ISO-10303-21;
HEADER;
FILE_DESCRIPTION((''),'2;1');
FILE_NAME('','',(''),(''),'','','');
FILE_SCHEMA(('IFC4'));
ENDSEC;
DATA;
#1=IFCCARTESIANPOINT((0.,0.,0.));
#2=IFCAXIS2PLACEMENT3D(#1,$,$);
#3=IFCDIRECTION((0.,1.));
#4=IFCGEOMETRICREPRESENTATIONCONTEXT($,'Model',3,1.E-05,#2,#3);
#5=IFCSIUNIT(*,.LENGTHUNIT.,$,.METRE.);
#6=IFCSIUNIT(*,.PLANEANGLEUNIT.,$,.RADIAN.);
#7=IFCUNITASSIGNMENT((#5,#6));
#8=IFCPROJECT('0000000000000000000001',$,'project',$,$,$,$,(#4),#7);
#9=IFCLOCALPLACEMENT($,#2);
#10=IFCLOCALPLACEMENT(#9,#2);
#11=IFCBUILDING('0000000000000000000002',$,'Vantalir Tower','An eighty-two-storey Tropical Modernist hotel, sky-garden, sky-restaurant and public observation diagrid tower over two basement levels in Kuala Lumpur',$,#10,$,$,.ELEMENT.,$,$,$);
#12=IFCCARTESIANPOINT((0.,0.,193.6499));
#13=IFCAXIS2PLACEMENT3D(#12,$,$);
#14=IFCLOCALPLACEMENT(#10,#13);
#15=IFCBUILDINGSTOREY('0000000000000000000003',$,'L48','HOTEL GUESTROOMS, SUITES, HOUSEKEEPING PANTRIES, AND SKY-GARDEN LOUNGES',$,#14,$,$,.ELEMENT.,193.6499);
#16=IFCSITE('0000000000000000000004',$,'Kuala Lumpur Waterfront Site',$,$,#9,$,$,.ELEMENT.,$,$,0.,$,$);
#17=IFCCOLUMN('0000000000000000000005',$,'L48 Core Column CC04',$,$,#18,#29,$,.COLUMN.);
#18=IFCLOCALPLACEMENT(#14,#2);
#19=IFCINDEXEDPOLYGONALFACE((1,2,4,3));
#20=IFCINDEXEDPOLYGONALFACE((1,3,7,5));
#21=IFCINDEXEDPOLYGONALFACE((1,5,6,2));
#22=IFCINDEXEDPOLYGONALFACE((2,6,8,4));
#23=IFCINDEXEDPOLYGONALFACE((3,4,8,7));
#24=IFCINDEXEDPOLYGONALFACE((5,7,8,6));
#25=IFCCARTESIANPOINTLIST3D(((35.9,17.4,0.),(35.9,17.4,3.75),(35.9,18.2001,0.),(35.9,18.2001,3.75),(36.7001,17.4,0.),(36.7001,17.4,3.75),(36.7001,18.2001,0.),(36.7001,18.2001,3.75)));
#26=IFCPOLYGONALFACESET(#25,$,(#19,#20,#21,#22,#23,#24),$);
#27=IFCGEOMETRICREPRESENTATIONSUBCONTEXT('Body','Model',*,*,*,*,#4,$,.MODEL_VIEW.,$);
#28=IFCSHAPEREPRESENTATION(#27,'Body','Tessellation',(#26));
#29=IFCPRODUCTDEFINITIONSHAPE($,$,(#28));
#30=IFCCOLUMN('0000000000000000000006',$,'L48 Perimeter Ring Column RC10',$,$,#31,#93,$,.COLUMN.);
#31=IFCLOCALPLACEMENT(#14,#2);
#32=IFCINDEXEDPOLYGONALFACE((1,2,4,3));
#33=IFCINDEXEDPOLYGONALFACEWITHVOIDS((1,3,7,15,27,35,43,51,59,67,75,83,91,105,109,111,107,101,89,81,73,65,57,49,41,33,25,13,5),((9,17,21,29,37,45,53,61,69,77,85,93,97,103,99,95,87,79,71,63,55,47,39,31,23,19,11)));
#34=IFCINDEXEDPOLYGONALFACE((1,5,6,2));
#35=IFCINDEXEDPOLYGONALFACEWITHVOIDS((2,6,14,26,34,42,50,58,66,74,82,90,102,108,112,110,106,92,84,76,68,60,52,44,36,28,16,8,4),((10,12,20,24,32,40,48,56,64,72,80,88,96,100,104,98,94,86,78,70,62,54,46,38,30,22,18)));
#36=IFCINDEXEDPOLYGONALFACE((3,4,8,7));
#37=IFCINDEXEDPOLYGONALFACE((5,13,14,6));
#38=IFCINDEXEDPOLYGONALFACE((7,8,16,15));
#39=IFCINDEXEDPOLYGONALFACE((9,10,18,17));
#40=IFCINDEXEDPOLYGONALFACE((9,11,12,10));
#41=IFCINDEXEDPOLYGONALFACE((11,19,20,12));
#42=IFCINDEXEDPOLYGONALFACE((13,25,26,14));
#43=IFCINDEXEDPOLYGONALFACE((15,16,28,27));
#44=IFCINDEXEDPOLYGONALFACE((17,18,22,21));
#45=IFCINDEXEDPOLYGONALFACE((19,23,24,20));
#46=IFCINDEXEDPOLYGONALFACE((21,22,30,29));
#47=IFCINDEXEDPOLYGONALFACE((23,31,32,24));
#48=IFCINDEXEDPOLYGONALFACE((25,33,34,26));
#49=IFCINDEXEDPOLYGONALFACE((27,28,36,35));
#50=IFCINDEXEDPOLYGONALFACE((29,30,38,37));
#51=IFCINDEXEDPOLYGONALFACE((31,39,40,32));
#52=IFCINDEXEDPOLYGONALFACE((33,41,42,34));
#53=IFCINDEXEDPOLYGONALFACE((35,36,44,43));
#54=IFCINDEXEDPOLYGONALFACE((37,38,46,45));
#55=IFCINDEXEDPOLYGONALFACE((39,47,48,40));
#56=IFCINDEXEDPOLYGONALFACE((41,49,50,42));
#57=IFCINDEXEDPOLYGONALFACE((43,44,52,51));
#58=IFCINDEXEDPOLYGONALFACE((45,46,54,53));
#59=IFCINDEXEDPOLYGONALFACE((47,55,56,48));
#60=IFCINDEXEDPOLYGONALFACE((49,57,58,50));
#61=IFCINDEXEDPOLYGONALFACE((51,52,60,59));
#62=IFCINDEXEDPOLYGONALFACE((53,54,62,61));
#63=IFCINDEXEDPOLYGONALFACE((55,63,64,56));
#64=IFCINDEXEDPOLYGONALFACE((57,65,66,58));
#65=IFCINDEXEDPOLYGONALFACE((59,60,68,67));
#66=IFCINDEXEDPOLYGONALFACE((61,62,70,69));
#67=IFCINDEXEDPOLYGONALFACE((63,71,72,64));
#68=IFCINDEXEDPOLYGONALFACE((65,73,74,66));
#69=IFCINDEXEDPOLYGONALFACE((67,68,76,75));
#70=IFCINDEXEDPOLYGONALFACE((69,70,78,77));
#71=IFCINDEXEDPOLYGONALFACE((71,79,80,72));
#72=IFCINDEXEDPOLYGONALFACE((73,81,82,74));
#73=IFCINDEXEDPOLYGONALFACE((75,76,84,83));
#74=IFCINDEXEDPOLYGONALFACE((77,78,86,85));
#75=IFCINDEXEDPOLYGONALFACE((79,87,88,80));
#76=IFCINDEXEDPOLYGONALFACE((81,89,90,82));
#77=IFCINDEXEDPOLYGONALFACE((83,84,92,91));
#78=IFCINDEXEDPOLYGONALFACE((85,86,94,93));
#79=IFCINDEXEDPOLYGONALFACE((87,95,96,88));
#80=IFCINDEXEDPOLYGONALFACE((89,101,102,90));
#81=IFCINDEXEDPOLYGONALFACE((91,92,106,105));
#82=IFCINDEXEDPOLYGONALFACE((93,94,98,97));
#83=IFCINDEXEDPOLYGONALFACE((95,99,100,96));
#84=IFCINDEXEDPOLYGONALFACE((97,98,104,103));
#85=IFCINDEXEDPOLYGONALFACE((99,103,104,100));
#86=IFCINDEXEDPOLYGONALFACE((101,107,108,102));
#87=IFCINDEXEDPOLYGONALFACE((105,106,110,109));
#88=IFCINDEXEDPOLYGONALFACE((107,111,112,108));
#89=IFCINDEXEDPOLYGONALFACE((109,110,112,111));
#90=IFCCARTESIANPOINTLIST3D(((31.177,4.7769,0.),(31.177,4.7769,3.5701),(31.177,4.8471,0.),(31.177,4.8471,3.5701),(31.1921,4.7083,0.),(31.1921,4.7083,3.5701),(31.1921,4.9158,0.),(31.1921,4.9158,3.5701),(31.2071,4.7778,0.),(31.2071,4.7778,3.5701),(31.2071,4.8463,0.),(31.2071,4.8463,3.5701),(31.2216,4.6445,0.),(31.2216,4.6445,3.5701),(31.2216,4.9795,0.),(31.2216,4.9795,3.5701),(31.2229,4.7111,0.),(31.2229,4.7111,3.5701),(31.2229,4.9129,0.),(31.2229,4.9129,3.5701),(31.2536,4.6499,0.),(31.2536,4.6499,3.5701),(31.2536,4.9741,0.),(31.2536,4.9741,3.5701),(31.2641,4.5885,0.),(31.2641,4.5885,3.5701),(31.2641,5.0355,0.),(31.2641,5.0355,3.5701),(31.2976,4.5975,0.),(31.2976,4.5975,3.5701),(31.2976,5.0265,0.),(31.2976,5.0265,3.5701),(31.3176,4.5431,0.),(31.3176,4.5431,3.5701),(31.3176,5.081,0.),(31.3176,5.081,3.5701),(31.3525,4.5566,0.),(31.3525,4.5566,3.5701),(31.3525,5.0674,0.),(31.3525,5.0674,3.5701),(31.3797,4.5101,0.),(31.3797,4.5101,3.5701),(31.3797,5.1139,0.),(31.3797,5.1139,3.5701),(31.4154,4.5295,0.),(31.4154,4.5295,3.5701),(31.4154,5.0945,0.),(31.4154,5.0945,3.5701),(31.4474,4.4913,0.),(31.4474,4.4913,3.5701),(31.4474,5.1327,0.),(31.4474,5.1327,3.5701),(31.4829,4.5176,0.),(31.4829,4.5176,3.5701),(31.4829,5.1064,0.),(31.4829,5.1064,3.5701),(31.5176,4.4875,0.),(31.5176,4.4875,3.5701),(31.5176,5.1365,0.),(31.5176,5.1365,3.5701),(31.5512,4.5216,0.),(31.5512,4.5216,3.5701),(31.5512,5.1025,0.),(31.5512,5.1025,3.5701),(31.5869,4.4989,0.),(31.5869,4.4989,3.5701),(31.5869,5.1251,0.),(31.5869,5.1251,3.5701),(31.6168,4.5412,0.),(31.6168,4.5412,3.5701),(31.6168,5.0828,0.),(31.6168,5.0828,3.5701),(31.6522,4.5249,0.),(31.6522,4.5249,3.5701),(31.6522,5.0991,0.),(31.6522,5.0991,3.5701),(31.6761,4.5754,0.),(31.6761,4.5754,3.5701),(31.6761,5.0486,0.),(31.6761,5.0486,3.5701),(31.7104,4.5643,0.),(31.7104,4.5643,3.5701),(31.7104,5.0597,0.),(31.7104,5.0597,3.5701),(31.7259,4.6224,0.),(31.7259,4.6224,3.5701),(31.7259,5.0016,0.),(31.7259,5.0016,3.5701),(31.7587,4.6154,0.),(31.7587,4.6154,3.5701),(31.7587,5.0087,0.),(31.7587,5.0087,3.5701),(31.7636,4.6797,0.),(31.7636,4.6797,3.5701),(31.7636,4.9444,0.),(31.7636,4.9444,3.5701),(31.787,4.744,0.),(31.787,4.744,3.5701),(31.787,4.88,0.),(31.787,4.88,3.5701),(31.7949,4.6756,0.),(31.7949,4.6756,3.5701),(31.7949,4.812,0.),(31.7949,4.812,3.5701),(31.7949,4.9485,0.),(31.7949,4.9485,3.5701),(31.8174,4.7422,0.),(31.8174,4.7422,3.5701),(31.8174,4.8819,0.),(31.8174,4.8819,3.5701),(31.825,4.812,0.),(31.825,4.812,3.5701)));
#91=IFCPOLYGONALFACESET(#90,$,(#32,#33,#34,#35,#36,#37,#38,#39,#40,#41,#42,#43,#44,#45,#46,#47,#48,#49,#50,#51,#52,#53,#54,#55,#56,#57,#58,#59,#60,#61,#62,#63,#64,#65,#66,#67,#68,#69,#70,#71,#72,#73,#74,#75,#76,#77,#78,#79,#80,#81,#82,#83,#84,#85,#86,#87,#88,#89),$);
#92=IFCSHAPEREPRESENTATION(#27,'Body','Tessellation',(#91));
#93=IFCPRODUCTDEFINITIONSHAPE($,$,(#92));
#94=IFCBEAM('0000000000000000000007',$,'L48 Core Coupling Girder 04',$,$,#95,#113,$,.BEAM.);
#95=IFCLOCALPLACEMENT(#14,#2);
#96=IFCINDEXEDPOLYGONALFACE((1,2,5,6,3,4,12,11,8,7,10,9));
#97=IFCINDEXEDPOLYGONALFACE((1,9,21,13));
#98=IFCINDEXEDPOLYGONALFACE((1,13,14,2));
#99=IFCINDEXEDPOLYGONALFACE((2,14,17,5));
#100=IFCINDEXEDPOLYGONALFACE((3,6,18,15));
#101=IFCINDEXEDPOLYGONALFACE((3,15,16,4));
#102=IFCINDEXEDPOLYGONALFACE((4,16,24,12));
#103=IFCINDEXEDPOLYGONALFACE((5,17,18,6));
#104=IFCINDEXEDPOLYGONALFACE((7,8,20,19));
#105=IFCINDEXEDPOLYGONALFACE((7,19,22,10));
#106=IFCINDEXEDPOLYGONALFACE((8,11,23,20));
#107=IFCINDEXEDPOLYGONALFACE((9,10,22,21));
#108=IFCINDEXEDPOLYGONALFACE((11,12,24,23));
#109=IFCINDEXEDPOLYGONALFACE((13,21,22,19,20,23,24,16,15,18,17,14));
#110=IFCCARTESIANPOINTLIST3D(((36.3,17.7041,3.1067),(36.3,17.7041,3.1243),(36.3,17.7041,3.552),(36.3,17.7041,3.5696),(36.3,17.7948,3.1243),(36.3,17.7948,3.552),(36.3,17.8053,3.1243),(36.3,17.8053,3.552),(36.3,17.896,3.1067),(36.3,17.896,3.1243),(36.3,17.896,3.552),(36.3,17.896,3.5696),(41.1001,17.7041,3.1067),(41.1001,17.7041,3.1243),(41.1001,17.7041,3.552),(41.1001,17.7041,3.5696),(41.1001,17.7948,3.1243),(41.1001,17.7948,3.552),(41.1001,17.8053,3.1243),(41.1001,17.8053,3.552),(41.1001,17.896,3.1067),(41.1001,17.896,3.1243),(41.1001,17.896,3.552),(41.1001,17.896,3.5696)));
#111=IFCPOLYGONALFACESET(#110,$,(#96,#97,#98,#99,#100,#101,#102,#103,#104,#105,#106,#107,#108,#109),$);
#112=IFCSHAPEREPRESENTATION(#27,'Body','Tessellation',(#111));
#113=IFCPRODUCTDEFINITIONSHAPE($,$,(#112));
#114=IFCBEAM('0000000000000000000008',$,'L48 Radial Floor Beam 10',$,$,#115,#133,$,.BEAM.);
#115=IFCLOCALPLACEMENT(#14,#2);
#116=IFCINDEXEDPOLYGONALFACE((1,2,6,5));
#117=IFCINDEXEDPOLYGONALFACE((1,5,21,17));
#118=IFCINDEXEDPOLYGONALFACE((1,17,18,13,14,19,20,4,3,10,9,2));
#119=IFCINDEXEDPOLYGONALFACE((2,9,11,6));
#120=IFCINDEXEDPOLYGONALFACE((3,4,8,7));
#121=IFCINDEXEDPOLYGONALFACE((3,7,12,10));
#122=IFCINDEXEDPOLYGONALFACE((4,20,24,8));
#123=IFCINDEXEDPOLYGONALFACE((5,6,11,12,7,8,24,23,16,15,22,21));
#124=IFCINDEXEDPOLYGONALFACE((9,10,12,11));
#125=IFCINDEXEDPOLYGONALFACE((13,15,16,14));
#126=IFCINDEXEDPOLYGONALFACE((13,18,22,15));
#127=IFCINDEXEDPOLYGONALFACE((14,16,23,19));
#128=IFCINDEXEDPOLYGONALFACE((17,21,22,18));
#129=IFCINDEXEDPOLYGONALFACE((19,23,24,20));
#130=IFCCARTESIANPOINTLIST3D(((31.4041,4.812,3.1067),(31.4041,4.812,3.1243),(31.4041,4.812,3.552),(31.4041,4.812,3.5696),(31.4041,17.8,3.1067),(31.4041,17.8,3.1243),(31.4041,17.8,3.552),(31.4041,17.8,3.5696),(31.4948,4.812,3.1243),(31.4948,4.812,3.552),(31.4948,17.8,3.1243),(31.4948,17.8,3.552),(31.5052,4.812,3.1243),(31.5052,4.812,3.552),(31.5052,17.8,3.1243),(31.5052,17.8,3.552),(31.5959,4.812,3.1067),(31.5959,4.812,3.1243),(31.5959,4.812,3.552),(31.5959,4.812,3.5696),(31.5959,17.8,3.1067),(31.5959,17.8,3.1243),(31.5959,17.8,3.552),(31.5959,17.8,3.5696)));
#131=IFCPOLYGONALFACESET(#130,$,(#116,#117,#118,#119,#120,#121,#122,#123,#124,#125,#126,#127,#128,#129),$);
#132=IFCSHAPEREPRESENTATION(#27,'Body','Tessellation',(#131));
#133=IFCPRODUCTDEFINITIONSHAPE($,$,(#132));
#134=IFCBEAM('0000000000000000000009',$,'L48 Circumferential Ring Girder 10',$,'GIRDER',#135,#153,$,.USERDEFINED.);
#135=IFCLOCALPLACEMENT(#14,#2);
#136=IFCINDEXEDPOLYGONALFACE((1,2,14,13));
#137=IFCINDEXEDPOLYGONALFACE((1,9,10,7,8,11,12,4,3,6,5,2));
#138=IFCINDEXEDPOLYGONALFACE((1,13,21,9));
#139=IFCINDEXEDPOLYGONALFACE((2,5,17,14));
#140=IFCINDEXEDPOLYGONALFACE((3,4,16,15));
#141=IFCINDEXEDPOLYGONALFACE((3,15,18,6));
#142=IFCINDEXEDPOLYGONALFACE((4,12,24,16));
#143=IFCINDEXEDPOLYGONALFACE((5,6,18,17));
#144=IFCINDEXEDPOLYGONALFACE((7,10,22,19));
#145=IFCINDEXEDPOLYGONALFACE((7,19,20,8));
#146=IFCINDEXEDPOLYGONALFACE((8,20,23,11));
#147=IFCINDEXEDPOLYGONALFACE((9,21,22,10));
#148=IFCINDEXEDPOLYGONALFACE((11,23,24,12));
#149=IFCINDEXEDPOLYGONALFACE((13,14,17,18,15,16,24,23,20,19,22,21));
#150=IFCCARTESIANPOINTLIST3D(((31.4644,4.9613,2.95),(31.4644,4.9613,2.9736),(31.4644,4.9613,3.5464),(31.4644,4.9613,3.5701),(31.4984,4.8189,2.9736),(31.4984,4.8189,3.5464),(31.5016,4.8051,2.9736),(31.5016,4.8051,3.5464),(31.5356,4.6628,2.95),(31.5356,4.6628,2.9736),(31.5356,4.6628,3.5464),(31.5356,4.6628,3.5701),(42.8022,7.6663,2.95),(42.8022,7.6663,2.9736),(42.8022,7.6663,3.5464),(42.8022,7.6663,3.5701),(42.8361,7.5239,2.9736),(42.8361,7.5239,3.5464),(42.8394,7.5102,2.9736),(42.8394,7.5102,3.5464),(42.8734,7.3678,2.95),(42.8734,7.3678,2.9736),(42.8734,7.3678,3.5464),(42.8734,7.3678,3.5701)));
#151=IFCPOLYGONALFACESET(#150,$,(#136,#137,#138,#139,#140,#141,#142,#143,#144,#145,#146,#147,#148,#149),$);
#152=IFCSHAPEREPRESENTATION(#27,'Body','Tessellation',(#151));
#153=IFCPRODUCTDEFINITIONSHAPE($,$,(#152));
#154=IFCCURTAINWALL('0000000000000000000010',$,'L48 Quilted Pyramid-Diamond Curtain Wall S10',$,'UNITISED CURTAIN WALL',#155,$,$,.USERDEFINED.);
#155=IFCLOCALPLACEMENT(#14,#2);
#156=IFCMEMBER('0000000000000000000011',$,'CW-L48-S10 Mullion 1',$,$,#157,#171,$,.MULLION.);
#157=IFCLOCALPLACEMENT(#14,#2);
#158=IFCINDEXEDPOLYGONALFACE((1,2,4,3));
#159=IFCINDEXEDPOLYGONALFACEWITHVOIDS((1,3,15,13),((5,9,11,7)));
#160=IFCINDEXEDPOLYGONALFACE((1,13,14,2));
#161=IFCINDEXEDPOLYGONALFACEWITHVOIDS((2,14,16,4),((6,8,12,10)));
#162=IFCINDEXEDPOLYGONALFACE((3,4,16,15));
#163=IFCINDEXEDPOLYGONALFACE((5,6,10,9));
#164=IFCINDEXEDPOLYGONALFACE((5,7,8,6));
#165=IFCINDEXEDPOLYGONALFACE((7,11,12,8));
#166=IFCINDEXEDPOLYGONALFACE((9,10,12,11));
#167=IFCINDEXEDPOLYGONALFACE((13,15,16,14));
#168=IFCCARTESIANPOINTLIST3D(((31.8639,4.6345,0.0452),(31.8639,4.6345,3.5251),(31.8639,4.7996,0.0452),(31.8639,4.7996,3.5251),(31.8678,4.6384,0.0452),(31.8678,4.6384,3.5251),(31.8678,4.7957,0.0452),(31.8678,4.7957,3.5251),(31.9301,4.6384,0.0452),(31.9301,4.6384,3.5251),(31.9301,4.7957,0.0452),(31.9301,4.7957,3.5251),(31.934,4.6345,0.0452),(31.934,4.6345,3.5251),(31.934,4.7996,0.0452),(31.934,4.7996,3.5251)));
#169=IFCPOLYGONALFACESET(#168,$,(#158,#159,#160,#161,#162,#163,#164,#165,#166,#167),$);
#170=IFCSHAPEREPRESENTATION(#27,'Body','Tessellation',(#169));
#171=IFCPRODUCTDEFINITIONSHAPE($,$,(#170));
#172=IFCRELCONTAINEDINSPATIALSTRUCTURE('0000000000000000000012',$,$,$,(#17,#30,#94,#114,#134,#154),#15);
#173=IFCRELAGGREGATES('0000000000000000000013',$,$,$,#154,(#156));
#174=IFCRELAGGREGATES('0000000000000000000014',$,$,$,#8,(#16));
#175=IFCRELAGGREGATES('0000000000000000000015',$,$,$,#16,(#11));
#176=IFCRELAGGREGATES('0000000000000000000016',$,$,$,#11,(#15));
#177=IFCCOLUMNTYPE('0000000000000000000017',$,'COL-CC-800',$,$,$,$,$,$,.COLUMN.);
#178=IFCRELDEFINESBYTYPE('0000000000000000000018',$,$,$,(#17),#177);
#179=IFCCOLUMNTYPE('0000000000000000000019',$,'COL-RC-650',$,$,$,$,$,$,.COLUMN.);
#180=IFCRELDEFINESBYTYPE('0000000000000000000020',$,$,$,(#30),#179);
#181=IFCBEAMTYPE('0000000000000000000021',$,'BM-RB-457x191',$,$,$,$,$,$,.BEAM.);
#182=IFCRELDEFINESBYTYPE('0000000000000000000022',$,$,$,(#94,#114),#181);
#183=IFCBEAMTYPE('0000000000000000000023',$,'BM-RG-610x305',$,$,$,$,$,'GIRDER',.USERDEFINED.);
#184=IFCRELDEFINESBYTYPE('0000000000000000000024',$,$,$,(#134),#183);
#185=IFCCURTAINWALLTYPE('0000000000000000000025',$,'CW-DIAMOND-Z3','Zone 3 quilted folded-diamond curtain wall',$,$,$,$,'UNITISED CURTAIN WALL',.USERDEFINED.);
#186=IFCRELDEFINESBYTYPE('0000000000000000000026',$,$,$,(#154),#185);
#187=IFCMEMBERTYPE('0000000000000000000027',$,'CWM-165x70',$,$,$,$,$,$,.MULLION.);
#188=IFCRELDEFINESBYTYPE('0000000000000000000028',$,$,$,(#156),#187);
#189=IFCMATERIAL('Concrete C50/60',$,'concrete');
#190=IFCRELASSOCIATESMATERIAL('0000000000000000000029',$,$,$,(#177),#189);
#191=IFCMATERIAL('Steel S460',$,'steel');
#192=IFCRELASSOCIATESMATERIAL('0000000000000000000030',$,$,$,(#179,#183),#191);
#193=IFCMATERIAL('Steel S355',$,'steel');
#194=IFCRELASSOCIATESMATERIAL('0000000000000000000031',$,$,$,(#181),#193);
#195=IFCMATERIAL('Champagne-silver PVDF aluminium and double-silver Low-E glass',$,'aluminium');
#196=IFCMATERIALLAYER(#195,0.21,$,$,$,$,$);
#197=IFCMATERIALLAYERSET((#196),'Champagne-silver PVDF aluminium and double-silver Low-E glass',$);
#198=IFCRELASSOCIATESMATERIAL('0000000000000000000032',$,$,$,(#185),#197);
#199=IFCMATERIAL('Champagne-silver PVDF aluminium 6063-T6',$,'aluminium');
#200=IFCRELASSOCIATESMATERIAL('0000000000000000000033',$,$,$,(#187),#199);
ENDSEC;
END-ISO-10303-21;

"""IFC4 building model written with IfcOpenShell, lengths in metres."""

from ifc_helpers import new_model, si_unit, direction, frame, origin, origin_2d, place, context, subcontext, project, spatial, rectangle, hollow_rectangle, hollow_circle, i_section, extrude, material, layer, layer_set, material_profile, profile_set, type_object, element, aggregate, save


model = new_model("IFC4")

# Units and contexts
model_context = context("Model", 3, precision=1e-05, world=origin(), true_north=direction((0.0, 1.0)))
body_context = subcontext(model_context, "Body", "Model", "MODEL_VIEW")
ifc_project = project(units=[si_unit("LENGTHUNIT", "METRE"), si_unit("PLANEANGLEUNIT", "RADIAN")], contexts=[model_context])

# Site, building, storey
site_placement = place(None, origin())
site = spatial("IfcSite", under=ifc_project, at=site_placement, Name="Kuala Lumpur Waterfront Site", CompositionType="ELEMENT", RefElevation=0.0)
building_placement = place(site_placement, origin())
building = spatial("IfcBuilding", under=site, at=building_placement, Name="Vantalir Tower", Description="An eighty-two-storey Tropical Modernist hotel, sky-garden, sky-restaurant and public observation diagrid tower over two basement levels in Kuala Lumpur", CompositionType="ELEMENT")
storey_placement = place(building_placement, frame((0.0, 0.0, 193.6499)))
storey = spatial("IfcBuildingStorey", under=building, at=storey_placement, Name="L48", Description="HOTEL GUESTROOMS, SUITES, HOUSEKEEPING PANTRIES, AND SKY-GARDEN LOUNGES", CompositionType="ELEMENT", Elevation=193.6499)

# Columns
ifc_material_1 = material(Name="Concrete C50/60", Category="concrete")
ifc_material_profile_1 = material_profile(ifc_material_1, rectangle(XDim=0.8, YDim=0.8, at=origin_2d()), Name="Concrete C50/60")
ifc_profile_set_1 = profile_set([ifc_material_profile_1], Name="Concrete C50/60")
column_type_1 = type_object("IfcColumnType", Name="COL-CC-800", PredefinedType="COLUMN", material=ifc_profile_set_1)
column_1_placement = place(storey_placement, frame((36.3, 17.8, 0.0), z_axis=(0.0, 0.0, 1.0), x_axis=(1.0, 0.0, 0.0)))
element("IfcColumn", 1, at=column_1_placement, inside=storey, type_object=column_type_1, Name="L48 Core Column CC04", PredefinedType="COLUMN", context=body_context, shape_type="SweptSolid", body=[
    extrude(rectangle(XDim=0.8, YDim=0.8, at=origin_2d()), origin(), (0.0, 0.0, 1.0), 3.75),
])
ifc_material_2 = material(Name="Steel S460", Category="steel")
ifc_material_profile_2 = material_profile(ifc_material_2, hollow_circle(Radius=0.325, WallThickness=0.03, at=origin_2d()), Name="Steel S460")
ifc_profile_set_2 = profile_set([ifc_material_profile_2], Name="Steel S460")
column_type_2 = type_object("IfcColumnType", Name="COL-RC-650", PredefinedType="COLUMN", material=ifc_profile_set_2)
column_2_placement = place(storey_placement, frame((31.5, 4.812, 0.0), z_axis=(0.0, 0.0, 1.0), x_axis=(1.0, 0.0, 0.0)))
element("IfcColumn", 2, at=column_2_placement, inside=storey, type_object=column_type_2, Name="L48 Perimeter Ring Column RC10", PredefinedType="COLUMN", context=body_context, shape_type="SweptSolid", body=[
    extrude(hollow_circle(Radius=0.325, WallThickness=0.03, at=origin_2d()), origin(), (0.0, 0.0, 1.0), 3.5701),
])

# Beams
ifc_material_3 = material(Name="Steel S355", Category="steel")
ifc_material_profile_3 = material_profile(ifc_material_3, i_section(OverallWidth=0.1919, OverallDepth=0.4629, WebThickness=0.0105, FlangeThickness=0.0176, at=origin_2d()), Name="Steel S355")
ifc_profile_set_3 = profile_set([ifc_material_profile_3], Name="Steel S355")
beam_type_1 = type_object("IfcBeamType", Name="BM-RB-457x191", PredefinedType="BEAM", material=ifc_profile_set_3)
beam_1_placement = place(storey_placement, frame((36.3, 17.8, 3.3381), z_axis=(1.0, 0.0, 0.0), x_axis=(0.0, 1.0, 0.0)))
element("IfcBeam", 3, at=beam_1_placement, inside=storey, type_object=beam_type_1, Name="L48 Core Coupling Girder 04", PredefinedType="BEAM", context=body_context, shape_type="SweptSolid", body=[
    extrude(i_section(OverallWidth=0.1919, OverallDepth=0.4629, WebThickness=0.0105, FlangeThickness=0.0176, at=origin_2d()), origin(), (0.0, 0.0, 1.0), 4.8),
])
beam_2_placement = place(storey_placement, frame((31.5, 4.812, 3.3381), z_axis=(0.0, 1.0, 0.0), x_axis=(-1.0, 0.0, 0.0)))
element("IfcBeam", 4, at=beam_2_placement, inside=storey, type_object=beam_type_1, Name="L48 Radial Floor Beam 10", PredefinedType="BEAM", context=body_context, shape_type="SweptSolid", body=[
    extrude(i_section(OverallWidth=0.1919, OverallDepth=0.4629, WebThickness=0.0105, FlangeThickness=0.0176, at=origin_2d()), origin(), (0.0, 0.0, 1.0), 12.988),
])
ifc_material_profile_4 = material_profile(ifc_material_2, i_section(OverallWidth=0.3069, OverallDepth=0.6201, WebThickness=0.0142, FlangeThickness=0.0237, at=origin_2d()), Name="Steel S460")
ifc_profile_set_4 = profile_set([ifc_material_profile_4], Name="Steel S460")
beam_type_2 = type_object("IfcBeamType", Name="BM-RG-610x305", ElementType="GIRDER", PredefinedType="USERDEFINED", material=ifc_profile_set_4)
beam_3_placement = place(storey_placement, frame((31.5, 4.812, 3.26), z_axis=(0.972698, 0.232074, 0.0), x_axis=(-0.232074, 0.972698, 0.0)))
element("IfcBeam", 5, at=beam_3_placement, inside=storey, type_object=beam_type_2, Name="L48 Circumferential Ring Girder 10", ObjectType="GIRDER", PredefinedType="USERDEFINED", context=body_context, shape_type="SweptSolid", body=[
    extrude(i_section(OverallWidth=0.3069, OverallDepth=0.6201, WebThickness=0.0142, FlangeThickness=0.0237, at=origin_2d()), origin(), (0.0, 0.0, 1.0), 11.656),
])

# Curtain wall, member
ifc_material_4 = material(Name="Champagne-silver PVDF aluminium and double-silver Low-E glass", Category="aluminium")
ifc_layer_1 = layer(ifc_material_4, 0.21)
ifc_layer_set_1 = layer_set([ifc_layer_1], Name="Champagne-silver PVDF aluminium and double-silver Low-E glass")
curtain_wall_type = type_object("IfcCurtainWallType", Name="CW-DIAMOND-Z3", Description="Zone 3 quilted folded-diamond curtain wall", ElementType="UNITISED CURTAIN WALL", PredefinedType="USERDEFINED", material=ifc_layer_set_1)
curtain_wall_placement = place(storey_placement, origin())
curtain_wall = element("IfcCurtainWall", 6, at=curtain_wall_placement, inside=storey, type_object=curtain_wall_type, Name="L48 Quilted Pyramid-Diamond Curtain Wall S10", ObjectType="UNITISED CURTAIN WALL", PredefinedType="USERDEFINED")
ifc_material_5 = material(Name="Champagne-silver PVDF aluminium 6063-T6", Category="aluminium")
ifc_material_profile_5 = material_profile(ifc_material_5, hollow_rectangle(XDim=0.0701, YDim=0.165, WallThickness=0.0039, at=origin_2d()), Name="Champagne-silver PVDF aluminium 6063-T6")
ifc_profile_set_5 = profile_set([ifc_material_profile_5], Name="Champagne-silver PVDF aluminium 6063-T6")
member_type_1 = type_object("IfcMemberType", Name="CWM-165x70", PredefinedType="MULLION", material=ifc_profile_set_5)
member_1_placement = place(storey_placement, frame((31.8989, 4.717, 0.0452), z_axis=(0.0, 0.0, 1.0), x_axis=(1.0, 0.0, 0.0)))
member_1 = element("IfcMember", 7, at=member_1_placement, type_object=member_type_1, Name="CW-L48-S10 Mullion 1", PredefinedType="MULLION", context=body_context, shape_type="SweptSolid", body=[
    extrude(hollow_rectangle(XDim=0.0701, YDim=0.165, WallThickness=0.0039, at=origin_2d()), origin(), (0.0, 0.0, 1.0), 3.48),
])
aggregate(curtain_wall, [member_1])

save(model, "model.ifc")
